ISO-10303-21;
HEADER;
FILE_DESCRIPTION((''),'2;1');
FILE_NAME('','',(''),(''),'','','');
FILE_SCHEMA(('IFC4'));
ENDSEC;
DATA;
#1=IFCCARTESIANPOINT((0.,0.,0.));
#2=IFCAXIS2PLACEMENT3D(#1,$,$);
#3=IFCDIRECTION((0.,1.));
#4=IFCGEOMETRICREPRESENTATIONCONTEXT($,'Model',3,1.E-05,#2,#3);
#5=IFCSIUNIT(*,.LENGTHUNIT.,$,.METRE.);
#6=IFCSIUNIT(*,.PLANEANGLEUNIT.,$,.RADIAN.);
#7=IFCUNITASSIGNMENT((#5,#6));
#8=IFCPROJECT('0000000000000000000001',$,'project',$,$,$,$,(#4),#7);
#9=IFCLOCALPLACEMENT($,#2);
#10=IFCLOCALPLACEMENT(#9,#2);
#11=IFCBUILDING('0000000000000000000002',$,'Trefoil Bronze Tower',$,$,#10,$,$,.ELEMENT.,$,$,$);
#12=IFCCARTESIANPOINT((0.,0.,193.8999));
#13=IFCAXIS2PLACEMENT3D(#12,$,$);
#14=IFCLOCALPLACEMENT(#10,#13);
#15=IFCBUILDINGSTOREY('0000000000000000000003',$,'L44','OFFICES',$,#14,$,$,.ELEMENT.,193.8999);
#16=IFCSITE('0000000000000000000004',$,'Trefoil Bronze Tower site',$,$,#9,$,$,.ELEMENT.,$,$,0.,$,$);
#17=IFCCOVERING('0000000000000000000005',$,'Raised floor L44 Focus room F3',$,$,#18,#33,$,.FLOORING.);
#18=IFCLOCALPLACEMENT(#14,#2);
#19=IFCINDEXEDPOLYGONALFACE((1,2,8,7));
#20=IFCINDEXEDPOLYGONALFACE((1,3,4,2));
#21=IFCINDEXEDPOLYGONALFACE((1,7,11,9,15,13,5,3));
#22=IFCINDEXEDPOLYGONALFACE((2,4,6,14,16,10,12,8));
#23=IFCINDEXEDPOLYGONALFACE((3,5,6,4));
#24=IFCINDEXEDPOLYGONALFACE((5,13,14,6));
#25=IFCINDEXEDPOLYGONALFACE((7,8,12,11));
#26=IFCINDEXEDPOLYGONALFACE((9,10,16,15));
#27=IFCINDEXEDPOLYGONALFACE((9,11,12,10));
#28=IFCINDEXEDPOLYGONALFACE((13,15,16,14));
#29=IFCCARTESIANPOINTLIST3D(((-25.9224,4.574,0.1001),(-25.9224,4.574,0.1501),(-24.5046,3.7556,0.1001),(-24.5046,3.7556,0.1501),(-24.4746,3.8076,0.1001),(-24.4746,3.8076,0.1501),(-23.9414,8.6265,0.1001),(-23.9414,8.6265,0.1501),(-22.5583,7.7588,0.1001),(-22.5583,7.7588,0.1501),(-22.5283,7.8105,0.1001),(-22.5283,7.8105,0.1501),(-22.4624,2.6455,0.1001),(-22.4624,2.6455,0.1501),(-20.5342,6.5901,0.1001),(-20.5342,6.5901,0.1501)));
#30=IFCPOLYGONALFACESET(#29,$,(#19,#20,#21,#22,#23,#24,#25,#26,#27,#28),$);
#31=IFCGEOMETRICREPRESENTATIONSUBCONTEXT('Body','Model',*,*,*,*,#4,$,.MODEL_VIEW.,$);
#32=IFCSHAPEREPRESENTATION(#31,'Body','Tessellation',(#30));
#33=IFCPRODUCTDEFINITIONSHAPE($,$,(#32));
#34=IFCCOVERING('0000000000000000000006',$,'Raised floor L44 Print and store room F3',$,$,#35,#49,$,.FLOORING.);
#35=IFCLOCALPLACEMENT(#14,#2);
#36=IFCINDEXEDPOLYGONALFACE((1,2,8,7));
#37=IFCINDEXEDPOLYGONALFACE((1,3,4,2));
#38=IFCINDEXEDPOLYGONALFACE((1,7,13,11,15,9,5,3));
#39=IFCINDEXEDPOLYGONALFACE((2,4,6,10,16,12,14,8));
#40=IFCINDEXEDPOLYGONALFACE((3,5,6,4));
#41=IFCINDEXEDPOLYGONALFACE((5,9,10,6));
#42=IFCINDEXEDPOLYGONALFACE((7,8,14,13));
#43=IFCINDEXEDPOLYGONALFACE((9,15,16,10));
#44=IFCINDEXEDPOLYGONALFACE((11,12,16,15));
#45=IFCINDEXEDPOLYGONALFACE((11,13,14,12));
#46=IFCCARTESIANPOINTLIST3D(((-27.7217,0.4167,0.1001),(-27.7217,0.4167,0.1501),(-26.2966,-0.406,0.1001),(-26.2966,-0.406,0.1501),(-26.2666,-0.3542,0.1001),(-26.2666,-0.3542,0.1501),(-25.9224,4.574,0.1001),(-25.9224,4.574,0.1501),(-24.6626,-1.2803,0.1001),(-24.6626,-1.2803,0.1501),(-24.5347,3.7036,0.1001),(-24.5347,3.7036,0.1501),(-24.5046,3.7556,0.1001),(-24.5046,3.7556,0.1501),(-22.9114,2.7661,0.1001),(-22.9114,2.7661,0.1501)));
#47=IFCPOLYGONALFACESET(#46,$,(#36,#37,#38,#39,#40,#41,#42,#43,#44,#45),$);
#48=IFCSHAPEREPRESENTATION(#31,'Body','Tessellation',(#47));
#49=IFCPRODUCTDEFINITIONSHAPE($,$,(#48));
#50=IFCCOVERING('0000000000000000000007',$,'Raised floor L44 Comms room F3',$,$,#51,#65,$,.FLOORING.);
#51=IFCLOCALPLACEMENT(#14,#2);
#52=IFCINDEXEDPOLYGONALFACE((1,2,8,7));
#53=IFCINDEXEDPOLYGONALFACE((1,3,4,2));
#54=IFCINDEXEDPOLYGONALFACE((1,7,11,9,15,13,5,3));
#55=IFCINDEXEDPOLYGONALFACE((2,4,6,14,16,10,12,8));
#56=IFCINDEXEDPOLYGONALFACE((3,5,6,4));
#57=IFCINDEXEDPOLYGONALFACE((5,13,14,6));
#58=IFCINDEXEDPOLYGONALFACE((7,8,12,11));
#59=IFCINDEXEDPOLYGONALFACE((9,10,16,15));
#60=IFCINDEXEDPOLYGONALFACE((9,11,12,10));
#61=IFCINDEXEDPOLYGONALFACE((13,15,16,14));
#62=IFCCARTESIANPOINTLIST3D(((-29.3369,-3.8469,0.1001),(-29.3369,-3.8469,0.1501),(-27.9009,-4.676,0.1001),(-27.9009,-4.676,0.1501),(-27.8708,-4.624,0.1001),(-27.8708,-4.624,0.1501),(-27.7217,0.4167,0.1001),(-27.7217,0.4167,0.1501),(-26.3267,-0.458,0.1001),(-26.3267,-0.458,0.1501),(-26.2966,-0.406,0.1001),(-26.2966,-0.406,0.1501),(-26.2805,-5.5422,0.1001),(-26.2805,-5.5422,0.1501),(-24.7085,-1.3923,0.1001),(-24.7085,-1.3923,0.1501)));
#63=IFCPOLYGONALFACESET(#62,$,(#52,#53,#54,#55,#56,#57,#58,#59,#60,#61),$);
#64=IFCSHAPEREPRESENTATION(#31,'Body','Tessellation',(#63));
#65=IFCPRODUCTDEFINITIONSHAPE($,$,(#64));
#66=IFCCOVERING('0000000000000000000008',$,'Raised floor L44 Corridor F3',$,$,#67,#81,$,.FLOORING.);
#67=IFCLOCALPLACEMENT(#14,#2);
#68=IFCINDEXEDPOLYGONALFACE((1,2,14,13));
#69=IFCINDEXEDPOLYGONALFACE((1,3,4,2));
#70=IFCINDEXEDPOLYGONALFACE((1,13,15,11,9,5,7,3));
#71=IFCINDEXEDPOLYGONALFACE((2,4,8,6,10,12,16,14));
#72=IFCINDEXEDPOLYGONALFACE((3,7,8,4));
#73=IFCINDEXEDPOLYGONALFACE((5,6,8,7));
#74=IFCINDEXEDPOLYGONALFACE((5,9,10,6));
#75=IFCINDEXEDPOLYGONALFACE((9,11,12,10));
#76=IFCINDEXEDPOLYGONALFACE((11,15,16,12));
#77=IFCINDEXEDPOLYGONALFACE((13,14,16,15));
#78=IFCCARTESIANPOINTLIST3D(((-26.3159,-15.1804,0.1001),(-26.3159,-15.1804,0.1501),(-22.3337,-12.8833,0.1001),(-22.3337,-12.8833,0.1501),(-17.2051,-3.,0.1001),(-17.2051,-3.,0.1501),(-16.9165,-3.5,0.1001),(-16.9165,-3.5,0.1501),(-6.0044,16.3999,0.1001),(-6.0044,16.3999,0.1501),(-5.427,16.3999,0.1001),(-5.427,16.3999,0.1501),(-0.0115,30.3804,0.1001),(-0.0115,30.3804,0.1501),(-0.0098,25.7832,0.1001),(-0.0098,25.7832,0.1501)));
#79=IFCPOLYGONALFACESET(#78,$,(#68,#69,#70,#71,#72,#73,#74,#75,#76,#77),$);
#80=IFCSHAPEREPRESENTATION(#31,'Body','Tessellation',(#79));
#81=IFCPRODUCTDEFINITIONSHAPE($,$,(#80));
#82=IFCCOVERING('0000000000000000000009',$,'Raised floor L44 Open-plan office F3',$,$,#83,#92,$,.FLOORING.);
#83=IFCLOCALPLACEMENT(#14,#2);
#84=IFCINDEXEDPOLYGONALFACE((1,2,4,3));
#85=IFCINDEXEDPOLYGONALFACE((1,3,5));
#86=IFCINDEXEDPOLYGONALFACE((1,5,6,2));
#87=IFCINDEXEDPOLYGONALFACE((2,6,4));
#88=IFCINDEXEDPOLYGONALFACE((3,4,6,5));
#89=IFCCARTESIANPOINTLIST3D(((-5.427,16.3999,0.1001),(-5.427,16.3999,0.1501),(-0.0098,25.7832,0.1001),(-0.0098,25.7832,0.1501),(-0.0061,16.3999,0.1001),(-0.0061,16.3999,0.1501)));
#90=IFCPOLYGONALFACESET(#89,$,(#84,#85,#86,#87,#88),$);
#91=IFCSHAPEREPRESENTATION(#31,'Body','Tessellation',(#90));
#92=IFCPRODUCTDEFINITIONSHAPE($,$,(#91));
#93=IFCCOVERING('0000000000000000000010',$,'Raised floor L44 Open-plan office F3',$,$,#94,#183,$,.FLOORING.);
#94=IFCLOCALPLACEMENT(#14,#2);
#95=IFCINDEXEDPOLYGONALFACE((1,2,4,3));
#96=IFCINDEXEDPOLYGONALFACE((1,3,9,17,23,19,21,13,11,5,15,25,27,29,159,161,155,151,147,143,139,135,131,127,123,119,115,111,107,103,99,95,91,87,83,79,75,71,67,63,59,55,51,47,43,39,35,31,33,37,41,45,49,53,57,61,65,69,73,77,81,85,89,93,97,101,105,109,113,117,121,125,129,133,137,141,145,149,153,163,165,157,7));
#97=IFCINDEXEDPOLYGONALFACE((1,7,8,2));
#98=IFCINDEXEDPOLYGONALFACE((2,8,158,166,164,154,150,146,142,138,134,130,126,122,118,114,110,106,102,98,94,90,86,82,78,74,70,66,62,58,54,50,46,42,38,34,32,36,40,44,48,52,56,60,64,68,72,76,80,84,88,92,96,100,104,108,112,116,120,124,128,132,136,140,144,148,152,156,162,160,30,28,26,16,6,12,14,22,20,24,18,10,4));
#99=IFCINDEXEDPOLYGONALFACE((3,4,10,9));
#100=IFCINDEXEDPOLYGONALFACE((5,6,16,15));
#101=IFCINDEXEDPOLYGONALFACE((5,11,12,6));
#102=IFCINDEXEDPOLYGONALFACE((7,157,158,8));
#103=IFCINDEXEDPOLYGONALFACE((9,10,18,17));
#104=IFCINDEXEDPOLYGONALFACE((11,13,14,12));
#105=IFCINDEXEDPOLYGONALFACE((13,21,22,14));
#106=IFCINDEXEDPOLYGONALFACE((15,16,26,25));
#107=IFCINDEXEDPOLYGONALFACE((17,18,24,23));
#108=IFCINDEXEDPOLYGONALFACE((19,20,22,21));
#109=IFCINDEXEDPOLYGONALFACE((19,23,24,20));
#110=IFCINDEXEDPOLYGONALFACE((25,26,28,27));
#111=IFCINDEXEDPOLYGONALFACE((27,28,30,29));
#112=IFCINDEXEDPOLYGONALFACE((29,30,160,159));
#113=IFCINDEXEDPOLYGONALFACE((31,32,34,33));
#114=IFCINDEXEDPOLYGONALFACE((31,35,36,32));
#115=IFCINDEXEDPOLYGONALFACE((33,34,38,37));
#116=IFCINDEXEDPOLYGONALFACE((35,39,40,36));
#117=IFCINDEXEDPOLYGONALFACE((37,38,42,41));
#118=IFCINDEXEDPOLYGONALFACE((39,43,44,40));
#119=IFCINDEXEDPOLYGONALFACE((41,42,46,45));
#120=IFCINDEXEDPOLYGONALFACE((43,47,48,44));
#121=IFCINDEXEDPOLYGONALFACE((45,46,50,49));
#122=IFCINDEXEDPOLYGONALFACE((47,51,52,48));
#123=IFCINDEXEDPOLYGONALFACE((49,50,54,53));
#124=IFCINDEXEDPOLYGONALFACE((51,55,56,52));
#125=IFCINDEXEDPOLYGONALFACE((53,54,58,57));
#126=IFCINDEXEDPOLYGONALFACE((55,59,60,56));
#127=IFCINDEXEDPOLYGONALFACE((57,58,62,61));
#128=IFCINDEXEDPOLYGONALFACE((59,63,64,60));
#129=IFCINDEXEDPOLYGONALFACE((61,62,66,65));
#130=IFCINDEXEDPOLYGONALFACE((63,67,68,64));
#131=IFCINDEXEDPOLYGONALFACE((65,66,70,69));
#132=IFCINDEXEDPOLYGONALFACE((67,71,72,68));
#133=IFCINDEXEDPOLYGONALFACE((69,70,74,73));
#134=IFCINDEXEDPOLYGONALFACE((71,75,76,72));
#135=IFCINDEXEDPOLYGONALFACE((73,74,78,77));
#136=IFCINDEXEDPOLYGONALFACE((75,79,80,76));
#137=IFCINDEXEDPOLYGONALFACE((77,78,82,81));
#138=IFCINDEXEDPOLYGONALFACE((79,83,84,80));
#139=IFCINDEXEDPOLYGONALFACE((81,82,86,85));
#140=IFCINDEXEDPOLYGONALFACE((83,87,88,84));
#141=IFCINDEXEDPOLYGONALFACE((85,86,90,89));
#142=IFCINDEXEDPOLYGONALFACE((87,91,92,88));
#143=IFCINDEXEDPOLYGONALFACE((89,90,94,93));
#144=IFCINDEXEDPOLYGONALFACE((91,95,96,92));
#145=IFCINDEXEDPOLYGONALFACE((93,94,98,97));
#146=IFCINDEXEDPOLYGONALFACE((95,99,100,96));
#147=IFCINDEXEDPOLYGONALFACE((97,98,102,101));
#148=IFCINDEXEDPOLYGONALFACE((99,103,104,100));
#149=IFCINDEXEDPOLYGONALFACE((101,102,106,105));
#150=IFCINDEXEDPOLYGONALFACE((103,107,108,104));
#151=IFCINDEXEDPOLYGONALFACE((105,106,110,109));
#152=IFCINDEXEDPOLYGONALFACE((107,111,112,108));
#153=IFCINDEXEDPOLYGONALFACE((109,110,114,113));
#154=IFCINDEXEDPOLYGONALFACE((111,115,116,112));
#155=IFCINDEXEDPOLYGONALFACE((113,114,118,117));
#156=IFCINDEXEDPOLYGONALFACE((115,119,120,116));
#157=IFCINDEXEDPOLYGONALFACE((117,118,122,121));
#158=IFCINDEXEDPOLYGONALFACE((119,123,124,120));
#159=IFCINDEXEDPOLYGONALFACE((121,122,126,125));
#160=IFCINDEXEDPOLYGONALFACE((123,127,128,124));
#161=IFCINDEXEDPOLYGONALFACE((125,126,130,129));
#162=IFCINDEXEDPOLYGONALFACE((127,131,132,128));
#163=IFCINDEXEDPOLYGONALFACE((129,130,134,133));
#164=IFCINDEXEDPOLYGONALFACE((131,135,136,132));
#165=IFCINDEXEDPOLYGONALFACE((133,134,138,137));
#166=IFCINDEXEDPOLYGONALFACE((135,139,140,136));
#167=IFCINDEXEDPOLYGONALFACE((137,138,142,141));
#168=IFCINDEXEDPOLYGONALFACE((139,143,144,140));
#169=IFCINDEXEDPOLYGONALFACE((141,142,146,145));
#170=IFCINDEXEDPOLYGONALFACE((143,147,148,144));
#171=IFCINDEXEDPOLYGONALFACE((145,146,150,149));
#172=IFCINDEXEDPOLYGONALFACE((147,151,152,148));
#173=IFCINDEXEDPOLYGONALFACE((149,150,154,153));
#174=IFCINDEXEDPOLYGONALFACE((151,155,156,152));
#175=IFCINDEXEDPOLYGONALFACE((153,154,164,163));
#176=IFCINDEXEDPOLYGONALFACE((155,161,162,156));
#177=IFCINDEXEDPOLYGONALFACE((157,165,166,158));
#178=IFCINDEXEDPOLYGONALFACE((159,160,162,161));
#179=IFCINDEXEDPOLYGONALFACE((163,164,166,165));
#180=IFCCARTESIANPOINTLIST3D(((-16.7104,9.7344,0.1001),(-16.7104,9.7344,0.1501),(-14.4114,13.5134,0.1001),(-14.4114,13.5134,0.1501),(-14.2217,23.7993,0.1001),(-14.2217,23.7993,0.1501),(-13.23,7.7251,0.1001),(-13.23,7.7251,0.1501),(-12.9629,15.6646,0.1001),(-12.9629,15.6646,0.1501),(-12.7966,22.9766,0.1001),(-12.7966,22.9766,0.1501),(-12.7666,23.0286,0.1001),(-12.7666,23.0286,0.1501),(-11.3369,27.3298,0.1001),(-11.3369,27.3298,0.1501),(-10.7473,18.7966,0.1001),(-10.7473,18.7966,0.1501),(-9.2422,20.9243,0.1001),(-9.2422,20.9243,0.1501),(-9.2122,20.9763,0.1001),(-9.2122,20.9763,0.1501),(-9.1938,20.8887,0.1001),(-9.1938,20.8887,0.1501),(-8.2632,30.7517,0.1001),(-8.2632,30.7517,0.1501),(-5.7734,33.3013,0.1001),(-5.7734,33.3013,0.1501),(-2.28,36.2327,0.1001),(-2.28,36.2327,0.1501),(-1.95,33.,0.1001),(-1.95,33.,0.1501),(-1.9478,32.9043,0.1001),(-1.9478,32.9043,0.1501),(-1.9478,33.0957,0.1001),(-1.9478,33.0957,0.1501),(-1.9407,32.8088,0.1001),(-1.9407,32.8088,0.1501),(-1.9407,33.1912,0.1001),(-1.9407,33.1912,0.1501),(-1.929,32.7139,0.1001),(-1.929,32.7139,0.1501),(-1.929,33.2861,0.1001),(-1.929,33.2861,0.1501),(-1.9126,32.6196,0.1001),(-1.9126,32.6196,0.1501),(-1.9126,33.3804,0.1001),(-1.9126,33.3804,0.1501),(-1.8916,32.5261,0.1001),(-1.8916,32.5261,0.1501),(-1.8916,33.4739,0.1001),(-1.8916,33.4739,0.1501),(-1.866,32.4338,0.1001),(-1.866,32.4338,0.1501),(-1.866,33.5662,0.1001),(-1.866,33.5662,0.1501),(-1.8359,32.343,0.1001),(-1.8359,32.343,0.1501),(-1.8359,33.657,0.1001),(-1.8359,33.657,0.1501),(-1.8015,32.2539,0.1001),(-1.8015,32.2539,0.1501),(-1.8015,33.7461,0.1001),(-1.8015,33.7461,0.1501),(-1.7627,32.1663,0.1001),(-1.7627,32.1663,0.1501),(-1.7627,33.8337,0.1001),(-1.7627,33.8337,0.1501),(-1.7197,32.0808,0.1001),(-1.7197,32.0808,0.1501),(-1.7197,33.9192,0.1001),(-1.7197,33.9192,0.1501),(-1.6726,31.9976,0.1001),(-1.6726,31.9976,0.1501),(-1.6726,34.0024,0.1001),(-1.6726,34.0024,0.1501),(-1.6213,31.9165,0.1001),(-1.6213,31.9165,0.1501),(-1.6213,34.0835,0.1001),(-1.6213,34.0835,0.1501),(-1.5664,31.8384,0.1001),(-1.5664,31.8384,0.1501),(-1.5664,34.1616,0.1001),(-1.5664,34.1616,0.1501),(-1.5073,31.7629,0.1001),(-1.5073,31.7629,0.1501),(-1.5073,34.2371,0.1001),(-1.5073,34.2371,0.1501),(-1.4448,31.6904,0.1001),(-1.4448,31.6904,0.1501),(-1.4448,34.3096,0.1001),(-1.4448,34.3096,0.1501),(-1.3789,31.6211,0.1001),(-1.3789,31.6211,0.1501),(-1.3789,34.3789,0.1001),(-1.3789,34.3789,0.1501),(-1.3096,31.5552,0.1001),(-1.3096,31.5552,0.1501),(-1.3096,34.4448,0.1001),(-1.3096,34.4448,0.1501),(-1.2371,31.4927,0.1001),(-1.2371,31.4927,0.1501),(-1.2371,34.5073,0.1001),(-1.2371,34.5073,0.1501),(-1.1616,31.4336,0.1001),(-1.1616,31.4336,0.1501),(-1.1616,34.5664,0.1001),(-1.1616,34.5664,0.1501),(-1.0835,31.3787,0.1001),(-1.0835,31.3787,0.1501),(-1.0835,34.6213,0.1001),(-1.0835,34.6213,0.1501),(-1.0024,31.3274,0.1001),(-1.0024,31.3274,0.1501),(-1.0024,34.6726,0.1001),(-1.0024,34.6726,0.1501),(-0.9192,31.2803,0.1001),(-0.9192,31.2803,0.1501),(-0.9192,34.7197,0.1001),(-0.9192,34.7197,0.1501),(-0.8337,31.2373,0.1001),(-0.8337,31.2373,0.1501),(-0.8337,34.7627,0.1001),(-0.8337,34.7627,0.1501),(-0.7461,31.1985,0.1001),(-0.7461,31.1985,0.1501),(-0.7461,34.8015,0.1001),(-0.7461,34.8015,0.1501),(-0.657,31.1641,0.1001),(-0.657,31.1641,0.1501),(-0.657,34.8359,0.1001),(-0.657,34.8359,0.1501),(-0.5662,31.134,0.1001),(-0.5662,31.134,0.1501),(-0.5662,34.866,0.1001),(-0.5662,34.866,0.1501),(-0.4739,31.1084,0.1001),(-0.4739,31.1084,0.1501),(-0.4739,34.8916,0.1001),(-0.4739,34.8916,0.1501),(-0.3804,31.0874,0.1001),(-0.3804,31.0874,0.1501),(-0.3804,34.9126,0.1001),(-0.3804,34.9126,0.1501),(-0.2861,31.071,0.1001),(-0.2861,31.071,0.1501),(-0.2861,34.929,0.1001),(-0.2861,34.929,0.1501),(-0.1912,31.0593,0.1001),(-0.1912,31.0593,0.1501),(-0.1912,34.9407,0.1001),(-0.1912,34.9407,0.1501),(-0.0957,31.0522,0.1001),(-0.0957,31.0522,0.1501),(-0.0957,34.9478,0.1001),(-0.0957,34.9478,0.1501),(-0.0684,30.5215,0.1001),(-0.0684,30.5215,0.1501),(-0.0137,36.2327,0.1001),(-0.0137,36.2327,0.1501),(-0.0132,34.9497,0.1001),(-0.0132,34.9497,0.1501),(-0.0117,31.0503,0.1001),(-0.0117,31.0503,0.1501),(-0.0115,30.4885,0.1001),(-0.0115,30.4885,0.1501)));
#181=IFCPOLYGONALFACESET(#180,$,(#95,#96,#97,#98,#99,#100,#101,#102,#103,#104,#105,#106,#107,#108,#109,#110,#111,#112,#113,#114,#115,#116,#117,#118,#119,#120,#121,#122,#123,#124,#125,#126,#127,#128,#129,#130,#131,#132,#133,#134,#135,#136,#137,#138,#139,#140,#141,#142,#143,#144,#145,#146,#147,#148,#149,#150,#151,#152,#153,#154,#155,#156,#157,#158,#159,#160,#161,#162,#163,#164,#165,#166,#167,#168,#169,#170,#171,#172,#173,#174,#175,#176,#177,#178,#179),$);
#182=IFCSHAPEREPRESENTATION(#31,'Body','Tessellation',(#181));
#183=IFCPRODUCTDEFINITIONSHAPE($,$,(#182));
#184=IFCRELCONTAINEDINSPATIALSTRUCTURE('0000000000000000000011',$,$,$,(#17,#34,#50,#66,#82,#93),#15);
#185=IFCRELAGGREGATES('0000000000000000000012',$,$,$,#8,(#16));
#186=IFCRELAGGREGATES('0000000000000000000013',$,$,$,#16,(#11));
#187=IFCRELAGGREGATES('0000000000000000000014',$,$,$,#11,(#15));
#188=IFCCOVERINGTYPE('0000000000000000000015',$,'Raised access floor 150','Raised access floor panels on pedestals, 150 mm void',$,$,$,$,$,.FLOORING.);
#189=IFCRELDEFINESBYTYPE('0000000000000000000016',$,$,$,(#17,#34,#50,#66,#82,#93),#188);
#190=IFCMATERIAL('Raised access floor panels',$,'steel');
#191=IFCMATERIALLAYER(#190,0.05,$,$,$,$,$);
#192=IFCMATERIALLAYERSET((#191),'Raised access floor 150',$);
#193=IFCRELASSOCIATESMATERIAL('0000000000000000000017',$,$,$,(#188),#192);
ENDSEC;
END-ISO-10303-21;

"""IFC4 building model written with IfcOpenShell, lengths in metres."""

from ifc_helpers import new_model, si_unit, direction, frame, origin, place, context, subcontext, project, spatial, polyline, outline, extrude, material, layer, layer_set, type_object, element, save


model = new_model("IFC4")

# Units and contexts
model_context = context("Model", 3, precision=1e-05, world=origin(), true_north=direction((0.0, 1.0)))
body_context = subcontext(model_context, "Body", "Model", "MODEL_VIEW")
ifc_project = project(units=[si_unit("LENGTHUNIT", "METRE"), si_unit("PLANEANGLEUNIT", "RADIAN")], contexts=[model_context])

# Site, building, storey
site_placement = place(None, origin())
site = spatial("IfcSite", under=ifc_project, at=site_placement, Name="Trefoil Bronze Tower site", CompositionType="ELEMENT", RefElevation=0.0)
building_placement = place(site_placement, origin())
building = spatial("IfcBuilding", under=site, at=building_placement, Name="Trefoil Bronze Tower", CompositionType="ELEMENT")
storey_placement = place(building_placement, frame((0.0, 0.0, 193.8999)))
storey = spatial("IfcBuildingStorey", under=building, at=storey_placement, Name="L44", Description="OFFICES", CompositionType="ELEMENT", Elevation=193.8999)

# Coverings
ifc_material_1 = material(Name="Raised access floor panels", Category="steel")
ifc_layer_1 = layer(ifc_material_1, 0.05)
ifc_layer_set_1 = layer_set([ifc_layer_1], Name="Raised access floor 150")
covering_type_1 = type_object("IfcCoveringType", Name="Raised access floor 150", Description="Raised access floor panels on pedestals, 150 mm void", PredefinedType="FLOORING", material=ifc_layer_set_1)
covering_1_placement = place(storey_placement, frame((0.0, 0.0, 0.1001)))
element("IfcCovering", 1, at=covering_1_placement, inside=storey, type_object=covering_type_1, Name="Raised floor L44 Focus room F3", PredefinedType="FLOORING", context=body_context, shape_type="SweptSolid", body=[
    extrude(outline(polyline([(-25.9224, 4.574), (-23.9414, 8.6265), (-22.5283, 7.8105), (-22.5583, 7.7588), (-20.5342, 6.5901), (-22.4624, 2.6455), (-24.4746, 3.8076), (-24.5046, 3.7556), (-25.9224, 4.574)])), origin(), (0.0, 0.0, 1.0), 0.05),
])
covering_2_placement = place(storey_placement, frame((0.0, 0.0, 0.1001)))
element("IfcCovering", 2, at=covering_2_placement, inside=storey, type_object=covering_type_1, Name="Raised floor L44 Print and store room F3", PredefinedType="FLOORING", context=body_context, shape_type="SweptSolid", body=[
    extrude(outline(polyline([(-27.7217, 0.4167), (-25.9224, 4.574), (-24.5046, 3.7556), (-24.5347, 3.7036), (-22.9114, 2.7661), (-24.6626, -1.2803), (-26.2666, -0.3542), (-26.2966, -0.406), (-27.7217, 0.4167)])), origin(), (0.0, 0.0, 1.0), 0.05),
])
covering_3_placement = place(storey_placement, frame((0.0, 0.0, 0.1001)))
element("IfcCovering", 3, at=covering_3_placement, inside=storey, type_object=covering_type_1, Name="Raised floor L44 Comms room F3", PredefinedType="FLOORING", context=body_context, shape_type="SweptSolid", body=[
    extrude(outline(polyline([(-29.3369, -3.8469), (-27.7217, 0.4167), (-26.2966, -0.406), (-26.3267, -0.458), (-24.7085, -1.3923), (-26.2805, -5.5422), (-27.8708, -4.624), (-27.9009, -4.676), (-29.3369, -3.8469)])), origin(), (0.0, 0.0, 1.0), 0.05),
])
covering_4_placement = place(storey_placement, frame((0.0, 0.0, 0.1001)))
element("IfcCovering", 4, at=covering_4_placement, inside=storey, type_object=covering_type_1, Name="Raised floor L44 Corridor F3", PredefinedType="FLOORING", context=body_context, shape_type="SweptSolid", body=[
    extrude(outline(polyline([(-0.0115, 30.3804), (-0.0098, 25.7832), (-5.427, 16.3999), (-6.0044, 16.3999), (-17.2051, -3.0), (-16.9165, -3.5), (-22.3337, -12.8833), (-26.3159, -15.1804), (-0.0115, 30.3804)])), origin(), (0.0, 0.0, 1.0), 0.05),
])
covering_5_placement = place(storey_placement, frame((0.0, 0.0, 0.1001)))
element("IfcCovering", 5, at=covering_5_placement, inside=storey, type_object=covering_type_1, Name="Raised floor L44 Open-plan office F3", PredefinedType="FLOORING", context=body_context, shape_type="SweptSolid", body=[
    extrude(outline(polyline([(-0.0098, 25.7832), (-0.0061, 16.3999), (-5.427, 16.3999), (-0.0098, 25.7832)])), origin(), (0.0, 0.0, 1.0), 0.05),
])
covering_6_placement = place(storey_placement, frame((0.0, 0.0, 0.1001)))
element("IfcCovering", 6, at=covering_6_placement, inside=storey, type_object=covering_type_1, Name="Raised floor L44 Open-plan office F3", PredefinedType="FLOORING", context=body_context, shape_type="SweptSolid", body=[
    extrude(outline(polyline([(-11.3369, 27.3298), (-8.2632, 30.7517), (-5.7734, 33.3013), (-2.28, 36.2327), (-0.0137, 36.2327), (-0.0132, 34.9497), (-0.0957, 34.9478), (-0.1912, 34.9407), (-0.2861, 34.929), (-0.3804, 34.9126), (-0.4739, 34.8916), (-0.5662, 34.866), (-0.657, 34.8359), (-0.7461, 34.8015), (-0.8337, 34.7627), (-0.9192, 34.7197), (-1.0024, 34.6726), (-1.0835, 34.6213), (-1.1616, 34.5664), (-1.2371, 34.5073), (-1.3096, 34.4448), (-1.3789, 34.3789), (-1.4448, 34.3096), (-1.5073, 34.2371), (-1.5664, 34.1616), (-1.6213, 34.0835), (-1.6726, 34.0024), (-1.7197, 33.9192), (-1.7627, 33.8337), (-1.8015, 33.7461), (-1.8359, 33.657), (-1.866, 33.5662), (-1.8916, 33.4739), (-1.9126, 33.3804), (-1.929, 33.2861), (-1.9407, 33.1912), (-1.9478, 33.0957), (-1.95, 33.0), (-1.9478, 32.9043), (-1.9407, 32.8088), (-1.929, 32.7139), (-1.9126, 32.6196), (-1.8916, 32.5261), (-1.866, 32.4338), (-1.8359, 32.343), (-1.8015, 32.2539), (-1.7627, 32.1663), (-1.7197, 32.0808), (-1.6726, 31.9976), (-1.6213, 31.9165), (-1.5664, 31.8384), (-1.5073, 31.7629), (-1.4448, 31.6904), (-1.3789, 31.6211), (-1.3096, 31.5552), (-1.2371, 31.4927), (-1.1616, 31.4336), (-1.0835, 31.3787), (-1.0024, 31.3274), (-0.9192, 31.2803), (-0.8337, 31.2373), (-0.7461, 31.1985), (-0.657, 31.1641), (-0.5662, 31.134), (-0.4739, 31.1084), (-0.3804, 31.0874), (-0.2861, 31.071), (-0.1912, 31.0593), (-0.0957, 31.0522), (-0.0117, 31.0503), (-0.0115, 30.4885), (-0.0684, 30.5215), (-13.23, 7.7251), (-16.7104, 9.7344), (-14.4114, 13.5134), (-12.9629, 15.6646), (-10.7473, 18.7966), (-9.1938, 20.8887), (-9.2422, 20.9243), (-9.2122, 20.9763), (-12.7666, 23.0286), (-12.7966, 22.9766), (-14.2217, 23.7993), (-11.3369, 27.3298)])), origin(), (0.0, 0.0, 1.0), 0.05),
])

save(model, "model.ifc")
